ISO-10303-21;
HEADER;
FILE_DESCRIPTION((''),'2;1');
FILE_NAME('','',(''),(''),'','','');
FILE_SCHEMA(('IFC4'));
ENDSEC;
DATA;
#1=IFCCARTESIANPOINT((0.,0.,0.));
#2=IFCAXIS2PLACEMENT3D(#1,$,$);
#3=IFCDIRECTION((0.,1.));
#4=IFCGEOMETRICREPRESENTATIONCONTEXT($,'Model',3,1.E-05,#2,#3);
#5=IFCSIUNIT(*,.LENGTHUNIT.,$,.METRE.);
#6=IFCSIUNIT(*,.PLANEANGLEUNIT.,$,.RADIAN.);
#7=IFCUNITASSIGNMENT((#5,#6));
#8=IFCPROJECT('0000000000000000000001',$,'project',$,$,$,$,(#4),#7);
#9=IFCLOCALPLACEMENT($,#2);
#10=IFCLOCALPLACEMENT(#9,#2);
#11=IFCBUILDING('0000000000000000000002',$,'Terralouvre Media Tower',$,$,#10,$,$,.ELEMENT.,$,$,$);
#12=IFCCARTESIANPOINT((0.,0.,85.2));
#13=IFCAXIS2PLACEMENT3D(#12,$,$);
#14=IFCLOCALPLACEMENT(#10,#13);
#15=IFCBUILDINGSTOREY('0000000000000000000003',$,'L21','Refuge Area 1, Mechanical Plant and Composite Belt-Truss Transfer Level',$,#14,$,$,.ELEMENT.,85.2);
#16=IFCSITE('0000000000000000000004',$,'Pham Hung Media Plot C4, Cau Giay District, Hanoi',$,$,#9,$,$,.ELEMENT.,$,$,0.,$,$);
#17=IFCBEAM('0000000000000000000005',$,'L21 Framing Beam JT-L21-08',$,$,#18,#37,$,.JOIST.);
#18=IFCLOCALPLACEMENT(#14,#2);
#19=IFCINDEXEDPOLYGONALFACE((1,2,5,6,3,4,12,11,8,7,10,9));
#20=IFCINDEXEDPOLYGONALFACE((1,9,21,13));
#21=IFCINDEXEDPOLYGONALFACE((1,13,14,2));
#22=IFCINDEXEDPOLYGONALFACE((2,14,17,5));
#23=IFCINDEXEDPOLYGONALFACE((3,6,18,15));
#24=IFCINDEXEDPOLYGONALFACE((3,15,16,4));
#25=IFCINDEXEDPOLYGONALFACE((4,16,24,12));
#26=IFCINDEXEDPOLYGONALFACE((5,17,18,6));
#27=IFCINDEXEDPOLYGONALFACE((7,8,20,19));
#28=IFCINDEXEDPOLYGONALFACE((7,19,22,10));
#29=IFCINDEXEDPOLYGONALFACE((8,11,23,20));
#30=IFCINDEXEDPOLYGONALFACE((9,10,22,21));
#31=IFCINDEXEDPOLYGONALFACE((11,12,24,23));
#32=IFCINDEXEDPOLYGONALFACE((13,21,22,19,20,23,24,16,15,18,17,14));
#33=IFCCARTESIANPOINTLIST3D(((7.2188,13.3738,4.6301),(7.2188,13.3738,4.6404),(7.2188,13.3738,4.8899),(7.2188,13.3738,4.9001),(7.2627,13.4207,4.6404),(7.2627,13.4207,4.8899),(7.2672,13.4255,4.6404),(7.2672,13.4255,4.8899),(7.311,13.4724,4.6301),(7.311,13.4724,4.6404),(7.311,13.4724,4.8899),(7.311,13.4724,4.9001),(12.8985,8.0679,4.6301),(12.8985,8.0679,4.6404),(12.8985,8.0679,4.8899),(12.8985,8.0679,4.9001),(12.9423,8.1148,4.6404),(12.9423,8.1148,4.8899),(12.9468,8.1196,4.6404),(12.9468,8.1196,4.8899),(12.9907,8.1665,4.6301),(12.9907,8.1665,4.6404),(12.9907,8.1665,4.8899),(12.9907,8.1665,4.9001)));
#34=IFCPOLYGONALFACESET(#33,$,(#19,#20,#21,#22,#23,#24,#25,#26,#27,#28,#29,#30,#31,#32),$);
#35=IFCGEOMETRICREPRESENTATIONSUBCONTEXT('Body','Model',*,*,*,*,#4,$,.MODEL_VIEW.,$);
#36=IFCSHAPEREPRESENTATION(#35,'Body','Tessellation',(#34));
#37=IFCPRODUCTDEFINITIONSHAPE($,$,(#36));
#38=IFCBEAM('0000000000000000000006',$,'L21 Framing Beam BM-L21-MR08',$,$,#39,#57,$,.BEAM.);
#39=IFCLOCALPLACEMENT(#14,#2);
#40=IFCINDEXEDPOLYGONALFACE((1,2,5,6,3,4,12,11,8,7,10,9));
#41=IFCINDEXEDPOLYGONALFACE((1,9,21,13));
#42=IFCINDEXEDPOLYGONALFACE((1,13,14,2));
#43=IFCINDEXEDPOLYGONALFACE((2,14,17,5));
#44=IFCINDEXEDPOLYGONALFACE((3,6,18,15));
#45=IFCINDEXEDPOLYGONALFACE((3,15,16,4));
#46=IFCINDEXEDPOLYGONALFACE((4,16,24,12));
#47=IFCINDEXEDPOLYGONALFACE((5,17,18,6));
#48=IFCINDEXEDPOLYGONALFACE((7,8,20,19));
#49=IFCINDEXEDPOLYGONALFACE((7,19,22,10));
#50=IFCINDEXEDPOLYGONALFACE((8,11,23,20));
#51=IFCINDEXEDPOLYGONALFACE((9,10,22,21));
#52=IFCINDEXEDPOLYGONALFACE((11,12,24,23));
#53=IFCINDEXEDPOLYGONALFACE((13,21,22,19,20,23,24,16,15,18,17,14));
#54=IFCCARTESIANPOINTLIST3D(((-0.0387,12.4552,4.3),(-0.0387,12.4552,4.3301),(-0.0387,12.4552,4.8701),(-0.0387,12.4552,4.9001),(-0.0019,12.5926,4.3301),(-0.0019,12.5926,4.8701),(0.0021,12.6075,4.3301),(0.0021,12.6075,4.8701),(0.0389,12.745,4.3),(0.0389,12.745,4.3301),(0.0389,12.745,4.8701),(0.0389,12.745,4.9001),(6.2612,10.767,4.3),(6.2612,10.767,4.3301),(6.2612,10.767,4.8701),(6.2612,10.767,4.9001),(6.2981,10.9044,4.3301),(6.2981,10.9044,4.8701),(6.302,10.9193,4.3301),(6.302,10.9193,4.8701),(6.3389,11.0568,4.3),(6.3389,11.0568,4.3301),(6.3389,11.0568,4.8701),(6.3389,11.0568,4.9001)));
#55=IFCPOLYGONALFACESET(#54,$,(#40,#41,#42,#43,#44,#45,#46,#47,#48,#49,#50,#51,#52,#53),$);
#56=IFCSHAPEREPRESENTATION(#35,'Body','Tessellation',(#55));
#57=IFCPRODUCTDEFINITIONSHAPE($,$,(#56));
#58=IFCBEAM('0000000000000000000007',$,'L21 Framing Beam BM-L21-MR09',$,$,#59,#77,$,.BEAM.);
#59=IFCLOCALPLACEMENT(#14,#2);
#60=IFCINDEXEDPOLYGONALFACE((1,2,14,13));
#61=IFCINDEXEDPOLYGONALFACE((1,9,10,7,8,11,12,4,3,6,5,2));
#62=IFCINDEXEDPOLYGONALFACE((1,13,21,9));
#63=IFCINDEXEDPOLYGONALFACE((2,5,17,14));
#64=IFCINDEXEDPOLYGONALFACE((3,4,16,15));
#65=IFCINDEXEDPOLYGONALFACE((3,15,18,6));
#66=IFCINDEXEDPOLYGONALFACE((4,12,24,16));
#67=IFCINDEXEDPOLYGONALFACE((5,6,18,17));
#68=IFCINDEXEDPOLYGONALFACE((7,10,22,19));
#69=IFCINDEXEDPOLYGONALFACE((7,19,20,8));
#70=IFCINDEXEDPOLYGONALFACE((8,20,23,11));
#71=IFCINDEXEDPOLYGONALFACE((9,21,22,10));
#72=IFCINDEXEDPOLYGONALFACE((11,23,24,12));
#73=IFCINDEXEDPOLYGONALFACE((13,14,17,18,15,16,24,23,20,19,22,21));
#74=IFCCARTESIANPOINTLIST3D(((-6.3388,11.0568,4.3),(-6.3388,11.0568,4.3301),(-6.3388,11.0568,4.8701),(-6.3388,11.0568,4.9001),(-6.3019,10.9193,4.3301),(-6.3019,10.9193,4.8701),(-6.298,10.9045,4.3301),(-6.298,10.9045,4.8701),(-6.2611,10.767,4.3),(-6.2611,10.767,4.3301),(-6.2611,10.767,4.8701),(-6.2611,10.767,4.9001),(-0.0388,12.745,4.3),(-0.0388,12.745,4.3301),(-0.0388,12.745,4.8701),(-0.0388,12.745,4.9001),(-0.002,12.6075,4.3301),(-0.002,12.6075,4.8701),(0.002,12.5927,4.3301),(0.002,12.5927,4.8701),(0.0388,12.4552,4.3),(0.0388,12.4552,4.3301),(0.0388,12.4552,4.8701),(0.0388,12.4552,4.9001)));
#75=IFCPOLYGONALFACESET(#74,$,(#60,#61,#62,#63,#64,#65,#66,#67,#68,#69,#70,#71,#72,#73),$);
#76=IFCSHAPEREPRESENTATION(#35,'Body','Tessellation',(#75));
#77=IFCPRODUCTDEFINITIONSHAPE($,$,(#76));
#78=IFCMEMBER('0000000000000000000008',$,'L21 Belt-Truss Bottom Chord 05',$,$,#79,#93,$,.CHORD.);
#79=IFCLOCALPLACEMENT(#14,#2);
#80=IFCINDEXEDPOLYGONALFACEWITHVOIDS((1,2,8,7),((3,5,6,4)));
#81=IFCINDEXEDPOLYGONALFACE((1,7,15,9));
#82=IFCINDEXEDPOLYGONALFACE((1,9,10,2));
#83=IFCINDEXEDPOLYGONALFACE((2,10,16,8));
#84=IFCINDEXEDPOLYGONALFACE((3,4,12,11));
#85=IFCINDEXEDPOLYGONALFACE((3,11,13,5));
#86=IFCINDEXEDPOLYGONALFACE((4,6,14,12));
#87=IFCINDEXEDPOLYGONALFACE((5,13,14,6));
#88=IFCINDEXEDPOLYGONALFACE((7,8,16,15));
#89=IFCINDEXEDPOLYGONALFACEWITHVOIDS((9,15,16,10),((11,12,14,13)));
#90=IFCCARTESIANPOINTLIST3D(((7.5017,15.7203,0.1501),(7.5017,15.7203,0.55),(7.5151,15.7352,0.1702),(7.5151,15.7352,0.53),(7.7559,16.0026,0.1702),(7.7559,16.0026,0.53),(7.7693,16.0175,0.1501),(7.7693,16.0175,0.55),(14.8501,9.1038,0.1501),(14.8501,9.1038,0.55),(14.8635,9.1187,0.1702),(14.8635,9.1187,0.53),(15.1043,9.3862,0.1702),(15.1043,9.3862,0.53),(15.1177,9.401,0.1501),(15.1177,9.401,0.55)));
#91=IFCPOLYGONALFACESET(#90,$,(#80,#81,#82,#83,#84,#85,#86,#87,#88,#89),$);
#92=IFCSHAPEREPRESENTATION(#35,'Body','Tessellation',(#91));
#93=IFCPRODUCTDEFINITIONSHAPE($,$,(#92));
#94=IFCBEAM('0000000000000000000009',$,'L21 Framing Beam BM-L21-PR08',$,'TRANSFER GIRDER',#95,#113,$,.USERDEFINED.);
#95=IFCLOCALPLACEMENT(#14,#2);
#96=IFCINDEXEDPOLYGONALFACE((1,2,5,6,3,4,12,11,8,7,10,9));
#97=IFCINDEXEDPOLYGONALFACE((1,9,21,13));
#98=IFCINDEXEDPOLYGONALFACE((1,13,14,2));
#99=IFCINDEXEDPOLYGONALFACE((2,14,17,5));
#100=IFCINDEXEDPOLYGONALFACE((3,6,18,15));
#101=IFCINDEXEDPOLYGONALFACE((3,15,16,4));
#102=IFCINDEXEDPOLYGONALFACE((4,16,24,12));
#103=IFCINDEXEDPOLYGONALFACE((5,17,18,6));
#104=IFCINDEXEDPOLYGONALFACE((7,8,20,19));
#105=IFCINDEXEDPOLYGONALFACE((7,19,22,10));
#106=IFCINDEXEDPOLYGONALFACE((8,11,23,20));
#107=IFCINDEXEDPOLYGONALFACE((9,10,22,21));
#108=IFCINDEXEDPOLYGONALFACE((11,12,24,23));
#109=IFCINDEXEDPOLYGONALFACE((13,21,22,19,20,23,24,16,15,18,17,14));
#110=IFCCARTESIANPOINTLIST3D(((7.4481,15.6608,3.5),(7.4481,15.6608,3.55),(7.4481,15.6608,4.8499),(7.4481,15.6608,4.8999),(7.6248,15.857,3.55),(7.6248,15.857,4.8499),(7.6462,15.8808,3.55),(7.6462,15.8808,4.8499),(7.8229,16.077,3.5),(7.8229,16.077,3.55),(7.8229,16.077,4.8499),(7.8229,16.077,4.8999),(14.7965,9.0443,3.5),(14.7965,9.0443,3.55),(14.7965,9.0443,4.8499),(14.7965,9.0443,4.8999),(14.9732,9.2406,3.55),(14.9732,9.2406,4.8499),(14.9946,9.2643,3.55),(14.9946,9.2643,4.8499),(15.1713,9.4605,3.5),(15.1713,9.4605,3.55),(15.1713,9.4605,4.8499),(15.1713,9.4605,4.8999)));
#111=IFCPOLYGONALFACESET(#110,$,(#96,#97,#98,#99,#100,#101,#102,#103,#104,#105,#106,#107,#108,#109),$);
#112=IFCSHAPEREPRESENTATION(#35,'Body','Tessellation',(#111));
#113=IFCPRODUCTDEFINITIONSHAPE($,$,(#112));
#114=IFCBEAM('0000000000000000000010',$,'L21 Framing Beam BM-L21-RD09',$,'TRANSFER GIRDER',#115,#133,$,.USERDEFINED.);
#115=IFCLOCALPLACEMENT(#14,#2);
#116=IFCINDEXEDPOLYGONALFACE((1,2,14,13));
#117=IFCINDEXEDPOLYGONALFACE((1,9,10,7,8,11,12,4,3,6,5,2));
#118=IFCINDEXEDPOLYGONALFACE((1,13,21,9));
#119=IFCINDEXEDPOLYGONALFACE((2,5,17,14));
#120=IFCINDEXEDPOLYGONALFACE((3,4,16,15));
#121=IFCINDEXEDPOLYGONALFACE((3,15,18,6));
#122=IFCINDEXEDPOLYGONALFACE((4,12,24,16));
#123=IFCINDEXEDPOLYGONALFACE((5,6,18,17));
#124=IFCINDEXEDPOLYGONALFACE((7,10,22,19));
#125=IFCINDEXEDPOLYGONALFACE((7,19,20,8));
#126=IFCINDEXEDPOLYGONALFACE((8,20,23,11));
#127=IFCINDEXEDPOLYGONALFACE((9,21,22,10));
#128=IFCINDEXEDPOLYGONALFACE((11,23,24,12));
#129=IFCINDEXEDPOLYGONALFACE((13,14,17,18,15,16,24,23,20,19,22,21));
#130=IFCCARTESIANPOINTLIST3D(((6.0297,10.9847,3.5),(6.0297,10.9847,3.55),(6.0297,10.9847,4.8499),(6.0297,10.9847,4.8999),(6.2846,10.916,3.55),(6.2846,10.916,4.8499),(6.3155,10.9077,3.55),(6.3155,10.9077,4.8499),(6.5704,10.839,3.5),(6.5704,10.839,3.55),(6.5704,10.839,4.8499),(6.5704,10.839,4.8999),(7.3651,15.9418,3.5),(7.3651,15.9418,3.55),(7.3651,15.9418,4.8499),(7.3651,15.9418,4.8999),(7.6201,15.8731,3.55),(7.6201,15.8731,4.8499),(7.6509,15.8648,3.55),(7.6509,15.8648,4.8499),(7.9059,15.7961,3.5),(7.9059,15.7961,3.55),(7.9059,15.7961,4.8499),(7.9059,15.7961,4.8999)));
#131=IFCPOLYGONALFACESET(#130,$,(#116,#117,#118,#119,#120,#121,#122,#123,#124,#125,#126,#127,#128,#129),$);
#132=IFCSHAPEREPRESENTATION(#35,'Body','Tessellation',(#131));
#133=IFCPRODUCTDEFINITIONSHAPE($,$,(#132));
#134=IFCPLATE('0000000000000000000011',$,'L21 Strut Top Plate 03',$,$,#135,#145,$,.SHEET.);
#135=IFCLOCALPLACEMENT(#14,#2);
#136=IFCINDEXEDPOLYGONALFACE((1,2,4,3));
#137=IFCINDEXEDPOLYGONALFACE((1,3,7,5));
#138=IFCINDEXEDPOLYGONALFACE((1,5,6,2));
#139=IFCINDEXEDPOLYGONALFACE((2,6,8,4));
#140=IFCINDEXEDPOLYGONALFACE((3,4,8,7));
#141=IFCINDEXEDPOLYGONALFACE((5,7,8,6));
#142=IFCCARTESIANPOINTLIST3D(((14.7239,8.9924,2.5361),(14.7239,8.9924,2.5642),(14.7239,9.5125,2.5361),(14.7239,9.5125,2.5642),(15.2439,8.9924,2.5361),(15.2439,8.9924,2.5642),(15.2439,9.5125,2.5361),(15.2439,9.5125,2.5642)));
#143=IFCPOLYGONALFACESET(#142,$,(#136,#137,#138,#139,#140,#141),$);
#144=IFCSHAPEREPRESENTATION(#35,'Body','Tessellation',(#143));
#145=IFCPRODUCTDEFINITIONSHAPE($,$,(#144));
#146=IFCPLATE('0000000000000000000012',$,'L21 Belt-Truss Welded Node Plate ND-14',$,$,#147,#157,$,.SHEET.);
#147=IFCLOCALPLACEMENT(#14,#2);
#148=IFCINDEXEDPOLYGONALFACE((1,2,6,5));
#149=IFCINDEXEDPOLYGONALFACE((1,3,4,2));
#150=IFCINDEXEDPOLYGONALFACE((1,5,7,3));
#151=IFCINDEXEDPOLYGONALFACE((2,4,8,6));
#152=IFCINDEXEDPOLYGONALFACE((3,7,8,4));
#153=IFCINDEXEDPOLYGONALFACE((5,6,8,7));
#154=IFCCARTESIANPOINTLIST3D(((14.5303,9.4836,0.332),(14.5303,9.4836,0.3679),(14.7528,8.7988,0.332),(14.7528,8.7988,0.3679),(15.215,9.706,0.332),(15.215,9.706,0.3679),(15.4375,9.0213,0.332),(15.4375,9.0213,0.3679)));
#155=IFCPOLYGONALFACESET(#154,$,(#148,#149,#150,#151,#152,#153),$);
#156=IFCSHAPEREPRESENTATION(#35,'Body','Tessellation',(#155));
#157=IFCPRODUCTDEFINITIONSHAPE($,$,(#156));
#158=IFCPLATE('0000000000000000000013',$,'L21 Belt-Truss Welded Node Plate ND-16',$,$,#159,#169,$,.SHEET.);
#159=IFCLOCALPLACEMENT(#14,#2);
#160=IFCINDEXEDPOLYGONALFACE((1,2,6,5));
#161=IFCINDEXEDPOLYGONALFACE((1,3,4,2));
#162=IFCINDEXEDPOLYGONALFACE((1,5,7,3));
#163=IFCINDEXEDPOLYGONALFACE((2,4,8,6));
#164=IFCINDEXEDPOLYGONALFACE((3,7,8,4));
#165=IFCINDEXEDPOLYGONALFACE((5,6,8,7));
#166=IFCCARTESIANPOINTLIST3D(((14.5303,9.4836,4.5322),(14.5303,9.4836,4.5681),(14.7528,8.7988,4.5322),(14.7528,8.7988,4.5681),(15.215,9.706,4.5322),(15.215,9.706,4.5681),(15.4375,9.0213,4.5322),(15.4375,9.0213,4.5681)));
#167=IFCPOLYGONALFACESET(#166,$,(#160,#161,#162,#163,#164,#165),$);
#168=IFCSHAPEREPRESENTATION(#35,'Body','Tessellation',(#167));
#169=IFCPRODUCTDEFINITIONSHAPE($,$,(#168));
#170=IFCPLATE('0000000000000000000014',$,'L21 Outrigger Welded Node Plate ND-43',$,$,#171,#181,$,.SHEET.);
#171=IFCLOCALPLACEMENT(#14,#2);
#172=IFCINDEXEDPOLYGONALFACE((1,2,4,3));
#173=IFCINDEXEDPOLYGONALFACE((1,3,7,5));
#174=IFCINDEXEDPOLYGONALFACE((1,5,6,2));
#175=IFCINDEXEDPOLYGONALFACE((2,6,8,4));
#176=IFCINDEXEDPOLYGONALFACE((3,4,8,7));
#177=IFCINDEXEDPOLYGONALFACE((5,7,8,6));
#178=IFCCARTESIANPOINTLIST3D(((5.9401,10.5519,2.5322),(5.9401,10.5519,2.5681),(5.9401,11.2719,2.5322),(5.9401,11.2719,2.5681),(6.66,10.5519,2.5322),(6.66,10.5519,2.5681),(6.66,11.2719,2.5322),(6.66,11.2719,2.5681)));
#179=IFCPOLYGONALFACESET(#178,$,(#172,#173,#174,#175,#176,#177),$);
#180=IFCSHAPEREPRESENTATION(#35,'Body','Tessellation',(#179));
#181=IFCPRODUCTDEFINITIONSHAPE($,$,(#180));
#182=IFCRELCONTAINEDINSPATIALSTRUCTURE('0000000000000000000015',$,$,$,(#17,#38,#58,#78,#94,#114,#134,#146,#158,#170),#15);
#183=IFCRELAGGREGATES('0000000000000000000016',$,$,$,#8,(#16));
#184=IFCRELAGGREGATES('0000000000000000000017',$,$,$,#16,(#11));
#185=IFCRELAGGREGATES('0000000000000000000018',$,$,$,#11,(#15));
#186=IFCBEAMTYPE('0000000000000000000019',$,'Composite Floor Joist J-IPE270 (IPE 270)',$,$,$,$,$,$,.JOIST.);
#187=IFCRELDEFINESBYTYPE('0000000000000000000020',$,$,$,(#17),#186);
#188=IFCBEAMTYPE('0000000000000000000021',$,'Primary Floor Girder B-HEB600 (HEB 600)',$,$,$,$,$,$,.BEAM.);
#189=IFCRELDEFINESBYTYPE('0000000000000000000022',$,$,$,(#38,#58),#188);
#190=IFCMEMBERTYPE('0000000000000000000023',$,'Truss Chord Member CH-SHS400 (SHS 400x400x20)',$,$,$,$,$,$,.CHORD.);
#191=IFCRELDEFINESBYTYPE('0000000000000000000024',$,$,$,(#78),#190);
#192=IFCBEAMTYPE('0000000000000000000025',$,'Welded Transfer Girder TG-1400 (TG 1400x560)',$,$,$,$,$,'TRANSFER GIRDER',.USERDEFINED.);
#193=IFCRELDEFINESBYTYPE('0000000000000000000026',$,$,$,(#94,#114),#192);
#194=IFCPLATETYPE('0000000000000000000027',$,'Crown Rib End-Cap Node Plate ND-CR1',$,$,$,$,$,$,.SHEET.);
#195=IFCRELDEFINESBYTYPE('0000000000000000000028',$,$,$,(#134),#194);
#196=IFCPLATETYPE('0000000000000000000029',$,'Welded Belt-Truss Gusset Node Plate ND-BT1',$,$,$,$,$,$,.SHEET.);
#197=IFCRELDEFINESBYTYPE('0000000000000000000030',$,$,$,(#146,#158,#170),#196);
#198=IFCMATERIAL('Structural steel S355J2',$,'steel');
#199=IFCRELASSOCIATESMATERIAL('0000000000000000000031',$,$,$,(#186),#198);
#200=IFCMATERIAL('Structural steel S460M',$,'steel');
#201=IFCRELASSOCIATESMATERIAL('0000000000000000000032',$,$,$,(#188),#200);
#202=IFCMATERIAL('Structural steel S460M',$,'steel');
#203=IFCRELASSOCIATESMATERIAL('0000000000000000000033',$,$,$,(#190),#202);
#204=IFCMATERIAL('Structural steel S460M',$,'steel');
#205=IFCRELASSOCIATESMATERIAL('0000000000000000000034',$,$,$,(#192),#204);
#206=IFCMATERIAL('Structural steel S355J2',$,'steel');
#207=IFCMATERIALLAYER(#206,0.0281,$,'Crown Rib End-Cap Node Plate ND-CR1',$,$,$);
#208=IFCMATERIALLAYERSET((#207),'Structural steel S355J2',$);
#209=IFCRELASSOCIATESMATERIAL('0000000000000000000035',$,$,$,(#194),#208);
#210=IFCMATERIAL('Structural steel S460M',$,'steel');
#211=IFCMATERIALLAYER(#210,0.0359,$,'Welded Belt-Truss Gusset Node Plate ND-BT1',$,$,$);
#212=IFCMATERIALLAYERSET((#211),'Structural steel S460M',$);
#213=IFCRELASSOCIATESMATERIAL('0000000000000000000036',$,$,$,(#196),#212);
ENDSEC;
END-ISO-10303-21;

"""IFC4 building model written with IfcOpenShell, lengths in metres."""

from ifc_helpers import new_model, si_unit, direction, frame, origin, origin_2d, place, context, subcontext, project, spatial, rectangle, hollow_rectangle, i_section, extrude, material, layer, layer_set, material_profile, profile_set, type_object, element, save


model = new_model("IFC4")

# Units and contexts
model_context = context("Model", 3, precision=1e-05, world=origin(), true_north=direction((0.0, 1.0)))
body_context = subcontext(model_context, "Body", "Model", "MODEL_VIEW")
ifc_project = project(units=[si_unit("LENGTHUNIT", "METRE"), si_unit("PLANEANGLEUNIT", "RADIAN")], contexts=[model_context])

# Site, building, storey
site_placement = place(None, origin())
site = spatial("IfcSite", under=ifc_project, at=site_placement, Name="Pham Hung Media Plot C4, Cau Giay District, Hanoi", CompositionType="ELEMENT", RefElevation=0.0)
building_placement = place(site_placement, origin())
building = spatial("IfcBuilding", under=site, at=building_placement, Name="Terralouvre Media Tower", CompositionType="ELEMENT")
storey_placement = place(building_placement, frame((0.0, 0.0, 85.2)))
storey = spatial("IfcBuildingStorey", under=building, at=storey_placement, Name="L21", Description="Refuge Area 1, Mechanical Plant and Composite Belt-Truss Transfer Level", CompositionType="ELEMENT", Elevation=85.2)

# Beams
ifc_material_1 = material(Name="Structural steel S355J2", Category="steel")
ifc_material_profile_1 = material_profile(ifc_material_1, i_section(OverallWidth=0.135, OverallDepth=0.27, WebThickness=0.0066, FlangeThickness=0.0103, at=origin_2d()), Name="IPE 270")
ifc_profile_set_1 = profile_set([ifc_material_profile_1], Name="Structural steel S355J2")
beam_type_1 = type_object("IfcBeamType", Name="Composite Floor Joist J-IPE270 (IPE 270)", PredefinedType="JOIST", material=ifc_profile_set_1)
beam_1_placement = place(storey_placement, frame((12.9446, 8.1172, 4.7651), z_axis=(-0.730743, 0.682653, 0.0), x_axis=(-0.682653, -0.730743, 0.0)))
element("IfcBeam", 1, at=beam_1_placement, inside=storey, type_object=beam_type_1, Name="L21 Framing Beam JT-L21-08", PredefinedType="JOIST", context=body_context, shape_type="SweptSolid", body=[
    extrude(i_section(OverallWidth=0.135, OverallDepth=0.27, WebThickness=0.0066, FlangeThickness=0.0103, at=origin_2d()), origin(), (0.0, 0.0, 1.0), 7.7725),
])
ifc_material_2 = material(Name="Structural steel S460M", Category="steel")
ifc_material_profile_2 = material_profile(ifc_material_2, i_section(OverallWidth=0.3, OverallDepth=0.6001, WebThickness=0.0154, FlangeThickness=0.03, at=origin_2d()), Name="HEB 600")
ifc_profile_set_2 = profile_set([ifc_material_profile_2], Name="Structural steel S460M")
beam_type_2 = type_object("IfcBeamType", Name="Primary Floor Girder B-HEB600 (HEB 600)", PredefinedType="BEAM", material=ifc_profile_set_2)
for number, where, z_axis, x_axis, name in (
    (2, (6.3, 10.9119, 4.6001), (-0.96592, 0.258839, 0.0), (-0.258839, -0.96592, 0.0), "L21 Framing Beam BM-L21-MR08"),
    (3, (0.0, 12.6001, 4.6001), (-0.96592, -0.258839, 0.0), (0.258839, -0.96592, 0.0), "L21 Framing Beam BM-L21-MR09"),
):
    element("IfcBeam", number, at=place(storey_placement, frame(where, z_axis=z_axis, x_axis=x_axis)), inside=storey, type_object=beam_type_2, Name=name, PredefinedType="BEAM", context=body_context, shape_type="SweptSolid", body=[
        extrude(i_section(OverallWidth=0.3, OverallDepth=0.6001, WebThickness=0.0154, FlangeThickness=0.03, at=origin_2d()), origin(), (0.0, 0.0, 1.0), 6.5222),
    ])

# Member
ifc_material_3 = material(Name="Structural steel S460M", Category="steel")
ifc_material_profile_3 = material_profile(ifc_material_3, hollow_rectangle(XDim=0.3999, YDim=0.3999, WallThickness=0.02, at=origin_2d()), Name="SHS 400x400x20")
ifc_profile_set_3 = profile_set([ifc_material_profile_3], Name="Structural steel S460M")
member_type_1 = type_object("IfcMemberType", Name="Truss Chord Member CH-SHS400 (SHS 400x400x20)", PredefinedType="CHORD", material=ifc_profile_set_3)
member_1_placement = place(storey_placement, frame((14.9839, 9.2524, 0.3501), z_axis=(-0.743148, 0.669127, 0.0), x_axis=(-0.669127, -0.743148, 0.0)))
element("IfcMember", 4, at=member_1_placement, inside=storey, type_object=member_type_1, Name="L21 Belt-Truss Bottom Chord 05", PredefinedType="CHORD", context=body_context, shape_type="SweptSolid", body=[
    extrude(hollow_rectangle(XDim=0.3999, YDim=0.3999, WallThickness=0.02, at=origin_2d()), origin(), (0.0, 0.0, 1.0), 9.8882),
])

# Beams
ifc_material_4 = material(Name="Structural steel S460M", Category="steel")
ifc_material_profile_4 = material_profile(ifc_material_4, i_section(OverallWidth=0.5601, OverallDepth=1.3999, WebThickness=0.032, FlangeThickness=0.05, at=origin_2d()), Name="TG 1400x560")
ifc_profile_set_4 = profile_set([ifc_material_profile_4], Name="Structural steel S460M")
beam_type_3 = type_object("IfcBeamType", Name="Welded Transfer Girder TG-1400 (TG 1400x560)", ElementType="TRANSFER GIRDER", PredefinedType="USERDEFINED", material=ifc_profile_set_4)
beam_2_placement = place(storey_placement, frame((14.9839, 9.2524, 4.2), z_axis=(-0.743148, 0.669127, 0.0), x_axis=(-0.669127, -0.743148, 0.0)))
element("IfcBeam", 5, at=beam_2_placement, inside=storey, type_object=beam_type_3, Name="L21 Framing Beam BM-L21-PR08", ObjectType="TRANSFER GIRDER", PredefinedType="USERDEFINED", context=body_context, shape_type="SweptSolid", body=[
    extrude(i_section(OverallWidth=0.5601, OverallDepth=1.3999, WebThickness=0.032, FlangeThickness=0.05, at=origin_2d()), origin(), (0.0, 0.0, 1.0), 9.8882),
])
beam_3_placement = place(storey_placement, frame((6.3, 10.9119, 4.2), z_axis=(0.26013, 0.965574, 0.0), x_axis=(-0.965574, 0.26013, 0.0)))
element("IfcBeam", 6, at=beam_3_placement, inside=storey, type_object=beam_type_3, Name="L21 Framing Beam BM-L21-RD09", ObjectType="TRANSFER GIRDER", PredefinedType="USERDEFINED", context=body_context, shape_type="SweptSolid", body=[
    extrude(i_section(OverallWidth=0.5601, OverallDepth=1.3999, WebThickness=0.032, FlangeThickness=0.05, at=origin_2d()), origin(), (0.0, 0.0, 1.0), 5.1338),
])

# Plates
ifc_material_5 = material(Name="Structural steel S355J2", Category="steel")
ifc_layer_1 = layer(ifc_material_5, 0.0281, Name="Crown Rib End-Cap Node Plate ND-CR1")
ifc_layer_set_1 = layer_set([ifc_layer_1], Name="Structural steel S355J2")
plate_type_1 = type_object("IfcPlateType", Name="Crown Rib End-Cap Node Plate ND-CR1", PredefinedType="SHEET", material=ifc_layer_set_1)
plate_placement = place(storey_placement, frame((14.9839, 9.2524, 2.5361), z_axis=(0.0, 0.0, 1.0), x_axis=(1.0, 0.0, 0.0)))
element("IfcPlate", 7, at=plate_placement, inside=storey, type_object=plate_type_1, Name="L21 Strut Top Plate 03", PredefinedType="SHEET", context=body_context, shape_type="SweptSolid", body=[
    extrude(rectangle(XDim=0.52, YDim=0.52, at=origin_2d()), origin(), (0.0, 0.0, 1.0), 0.0281),
])
ifc_material_6 = material(Name="Structural steel S460M", Category="steel")
ifc_layer_2 = layer(ifc_material_6, 0.0359, Name="Welded Belt-Truss Gusset Node Plate ND-BT1")
ifc_layer_set_2 = layer_set([ifc_layer_2], Name="Structural steel S460M")
plate_type_2 = type_object("IfcPlateType", Name="Welded Belt-Truss Gusset Node Plate ND-BT1", PredefinedType="SHEET", material=ifc_layer_set_2)
for number, where, z_axis, x_axis, name in (
    (8, (14.9839, 9.2524, 0.332), (0.0, 0.0, 1.0), (0.951057, 0.309017, 0.0), "L21 Belt-Truss Welded Node Plate ND-14"),
    (9, (14.9839, 9.2524, 4.5322), (0.0, 0.0, 1.0), (0.951057, 0.309017, 0.0), "L21 Belt-Truss Welded Node Plate ND-16"),
    (10, (6.3, 10.9119, 2.5322), (0.0, 0.0, 1.0), (1.0, 0.0, 0.0), "L21 Outrigger Welded Node Plate ND-43"),
):
    element("IfcPlate", number, at=place(storey_placement, frame(where, z_axis=z_axis, x_axis=x_axis)), inside=storey, type_object=plate_type_2, Name=name, PredefinedType="SHEET", context=body_context, shape_type="SweptSolid", body=[
        extrude(rectangle(XDim=0.72, YDim=0.72, at=origin_2d()), origin(), (0.0, 0.0, 1.0), 0.0359),
    ])

save(model, "model.ifc")
